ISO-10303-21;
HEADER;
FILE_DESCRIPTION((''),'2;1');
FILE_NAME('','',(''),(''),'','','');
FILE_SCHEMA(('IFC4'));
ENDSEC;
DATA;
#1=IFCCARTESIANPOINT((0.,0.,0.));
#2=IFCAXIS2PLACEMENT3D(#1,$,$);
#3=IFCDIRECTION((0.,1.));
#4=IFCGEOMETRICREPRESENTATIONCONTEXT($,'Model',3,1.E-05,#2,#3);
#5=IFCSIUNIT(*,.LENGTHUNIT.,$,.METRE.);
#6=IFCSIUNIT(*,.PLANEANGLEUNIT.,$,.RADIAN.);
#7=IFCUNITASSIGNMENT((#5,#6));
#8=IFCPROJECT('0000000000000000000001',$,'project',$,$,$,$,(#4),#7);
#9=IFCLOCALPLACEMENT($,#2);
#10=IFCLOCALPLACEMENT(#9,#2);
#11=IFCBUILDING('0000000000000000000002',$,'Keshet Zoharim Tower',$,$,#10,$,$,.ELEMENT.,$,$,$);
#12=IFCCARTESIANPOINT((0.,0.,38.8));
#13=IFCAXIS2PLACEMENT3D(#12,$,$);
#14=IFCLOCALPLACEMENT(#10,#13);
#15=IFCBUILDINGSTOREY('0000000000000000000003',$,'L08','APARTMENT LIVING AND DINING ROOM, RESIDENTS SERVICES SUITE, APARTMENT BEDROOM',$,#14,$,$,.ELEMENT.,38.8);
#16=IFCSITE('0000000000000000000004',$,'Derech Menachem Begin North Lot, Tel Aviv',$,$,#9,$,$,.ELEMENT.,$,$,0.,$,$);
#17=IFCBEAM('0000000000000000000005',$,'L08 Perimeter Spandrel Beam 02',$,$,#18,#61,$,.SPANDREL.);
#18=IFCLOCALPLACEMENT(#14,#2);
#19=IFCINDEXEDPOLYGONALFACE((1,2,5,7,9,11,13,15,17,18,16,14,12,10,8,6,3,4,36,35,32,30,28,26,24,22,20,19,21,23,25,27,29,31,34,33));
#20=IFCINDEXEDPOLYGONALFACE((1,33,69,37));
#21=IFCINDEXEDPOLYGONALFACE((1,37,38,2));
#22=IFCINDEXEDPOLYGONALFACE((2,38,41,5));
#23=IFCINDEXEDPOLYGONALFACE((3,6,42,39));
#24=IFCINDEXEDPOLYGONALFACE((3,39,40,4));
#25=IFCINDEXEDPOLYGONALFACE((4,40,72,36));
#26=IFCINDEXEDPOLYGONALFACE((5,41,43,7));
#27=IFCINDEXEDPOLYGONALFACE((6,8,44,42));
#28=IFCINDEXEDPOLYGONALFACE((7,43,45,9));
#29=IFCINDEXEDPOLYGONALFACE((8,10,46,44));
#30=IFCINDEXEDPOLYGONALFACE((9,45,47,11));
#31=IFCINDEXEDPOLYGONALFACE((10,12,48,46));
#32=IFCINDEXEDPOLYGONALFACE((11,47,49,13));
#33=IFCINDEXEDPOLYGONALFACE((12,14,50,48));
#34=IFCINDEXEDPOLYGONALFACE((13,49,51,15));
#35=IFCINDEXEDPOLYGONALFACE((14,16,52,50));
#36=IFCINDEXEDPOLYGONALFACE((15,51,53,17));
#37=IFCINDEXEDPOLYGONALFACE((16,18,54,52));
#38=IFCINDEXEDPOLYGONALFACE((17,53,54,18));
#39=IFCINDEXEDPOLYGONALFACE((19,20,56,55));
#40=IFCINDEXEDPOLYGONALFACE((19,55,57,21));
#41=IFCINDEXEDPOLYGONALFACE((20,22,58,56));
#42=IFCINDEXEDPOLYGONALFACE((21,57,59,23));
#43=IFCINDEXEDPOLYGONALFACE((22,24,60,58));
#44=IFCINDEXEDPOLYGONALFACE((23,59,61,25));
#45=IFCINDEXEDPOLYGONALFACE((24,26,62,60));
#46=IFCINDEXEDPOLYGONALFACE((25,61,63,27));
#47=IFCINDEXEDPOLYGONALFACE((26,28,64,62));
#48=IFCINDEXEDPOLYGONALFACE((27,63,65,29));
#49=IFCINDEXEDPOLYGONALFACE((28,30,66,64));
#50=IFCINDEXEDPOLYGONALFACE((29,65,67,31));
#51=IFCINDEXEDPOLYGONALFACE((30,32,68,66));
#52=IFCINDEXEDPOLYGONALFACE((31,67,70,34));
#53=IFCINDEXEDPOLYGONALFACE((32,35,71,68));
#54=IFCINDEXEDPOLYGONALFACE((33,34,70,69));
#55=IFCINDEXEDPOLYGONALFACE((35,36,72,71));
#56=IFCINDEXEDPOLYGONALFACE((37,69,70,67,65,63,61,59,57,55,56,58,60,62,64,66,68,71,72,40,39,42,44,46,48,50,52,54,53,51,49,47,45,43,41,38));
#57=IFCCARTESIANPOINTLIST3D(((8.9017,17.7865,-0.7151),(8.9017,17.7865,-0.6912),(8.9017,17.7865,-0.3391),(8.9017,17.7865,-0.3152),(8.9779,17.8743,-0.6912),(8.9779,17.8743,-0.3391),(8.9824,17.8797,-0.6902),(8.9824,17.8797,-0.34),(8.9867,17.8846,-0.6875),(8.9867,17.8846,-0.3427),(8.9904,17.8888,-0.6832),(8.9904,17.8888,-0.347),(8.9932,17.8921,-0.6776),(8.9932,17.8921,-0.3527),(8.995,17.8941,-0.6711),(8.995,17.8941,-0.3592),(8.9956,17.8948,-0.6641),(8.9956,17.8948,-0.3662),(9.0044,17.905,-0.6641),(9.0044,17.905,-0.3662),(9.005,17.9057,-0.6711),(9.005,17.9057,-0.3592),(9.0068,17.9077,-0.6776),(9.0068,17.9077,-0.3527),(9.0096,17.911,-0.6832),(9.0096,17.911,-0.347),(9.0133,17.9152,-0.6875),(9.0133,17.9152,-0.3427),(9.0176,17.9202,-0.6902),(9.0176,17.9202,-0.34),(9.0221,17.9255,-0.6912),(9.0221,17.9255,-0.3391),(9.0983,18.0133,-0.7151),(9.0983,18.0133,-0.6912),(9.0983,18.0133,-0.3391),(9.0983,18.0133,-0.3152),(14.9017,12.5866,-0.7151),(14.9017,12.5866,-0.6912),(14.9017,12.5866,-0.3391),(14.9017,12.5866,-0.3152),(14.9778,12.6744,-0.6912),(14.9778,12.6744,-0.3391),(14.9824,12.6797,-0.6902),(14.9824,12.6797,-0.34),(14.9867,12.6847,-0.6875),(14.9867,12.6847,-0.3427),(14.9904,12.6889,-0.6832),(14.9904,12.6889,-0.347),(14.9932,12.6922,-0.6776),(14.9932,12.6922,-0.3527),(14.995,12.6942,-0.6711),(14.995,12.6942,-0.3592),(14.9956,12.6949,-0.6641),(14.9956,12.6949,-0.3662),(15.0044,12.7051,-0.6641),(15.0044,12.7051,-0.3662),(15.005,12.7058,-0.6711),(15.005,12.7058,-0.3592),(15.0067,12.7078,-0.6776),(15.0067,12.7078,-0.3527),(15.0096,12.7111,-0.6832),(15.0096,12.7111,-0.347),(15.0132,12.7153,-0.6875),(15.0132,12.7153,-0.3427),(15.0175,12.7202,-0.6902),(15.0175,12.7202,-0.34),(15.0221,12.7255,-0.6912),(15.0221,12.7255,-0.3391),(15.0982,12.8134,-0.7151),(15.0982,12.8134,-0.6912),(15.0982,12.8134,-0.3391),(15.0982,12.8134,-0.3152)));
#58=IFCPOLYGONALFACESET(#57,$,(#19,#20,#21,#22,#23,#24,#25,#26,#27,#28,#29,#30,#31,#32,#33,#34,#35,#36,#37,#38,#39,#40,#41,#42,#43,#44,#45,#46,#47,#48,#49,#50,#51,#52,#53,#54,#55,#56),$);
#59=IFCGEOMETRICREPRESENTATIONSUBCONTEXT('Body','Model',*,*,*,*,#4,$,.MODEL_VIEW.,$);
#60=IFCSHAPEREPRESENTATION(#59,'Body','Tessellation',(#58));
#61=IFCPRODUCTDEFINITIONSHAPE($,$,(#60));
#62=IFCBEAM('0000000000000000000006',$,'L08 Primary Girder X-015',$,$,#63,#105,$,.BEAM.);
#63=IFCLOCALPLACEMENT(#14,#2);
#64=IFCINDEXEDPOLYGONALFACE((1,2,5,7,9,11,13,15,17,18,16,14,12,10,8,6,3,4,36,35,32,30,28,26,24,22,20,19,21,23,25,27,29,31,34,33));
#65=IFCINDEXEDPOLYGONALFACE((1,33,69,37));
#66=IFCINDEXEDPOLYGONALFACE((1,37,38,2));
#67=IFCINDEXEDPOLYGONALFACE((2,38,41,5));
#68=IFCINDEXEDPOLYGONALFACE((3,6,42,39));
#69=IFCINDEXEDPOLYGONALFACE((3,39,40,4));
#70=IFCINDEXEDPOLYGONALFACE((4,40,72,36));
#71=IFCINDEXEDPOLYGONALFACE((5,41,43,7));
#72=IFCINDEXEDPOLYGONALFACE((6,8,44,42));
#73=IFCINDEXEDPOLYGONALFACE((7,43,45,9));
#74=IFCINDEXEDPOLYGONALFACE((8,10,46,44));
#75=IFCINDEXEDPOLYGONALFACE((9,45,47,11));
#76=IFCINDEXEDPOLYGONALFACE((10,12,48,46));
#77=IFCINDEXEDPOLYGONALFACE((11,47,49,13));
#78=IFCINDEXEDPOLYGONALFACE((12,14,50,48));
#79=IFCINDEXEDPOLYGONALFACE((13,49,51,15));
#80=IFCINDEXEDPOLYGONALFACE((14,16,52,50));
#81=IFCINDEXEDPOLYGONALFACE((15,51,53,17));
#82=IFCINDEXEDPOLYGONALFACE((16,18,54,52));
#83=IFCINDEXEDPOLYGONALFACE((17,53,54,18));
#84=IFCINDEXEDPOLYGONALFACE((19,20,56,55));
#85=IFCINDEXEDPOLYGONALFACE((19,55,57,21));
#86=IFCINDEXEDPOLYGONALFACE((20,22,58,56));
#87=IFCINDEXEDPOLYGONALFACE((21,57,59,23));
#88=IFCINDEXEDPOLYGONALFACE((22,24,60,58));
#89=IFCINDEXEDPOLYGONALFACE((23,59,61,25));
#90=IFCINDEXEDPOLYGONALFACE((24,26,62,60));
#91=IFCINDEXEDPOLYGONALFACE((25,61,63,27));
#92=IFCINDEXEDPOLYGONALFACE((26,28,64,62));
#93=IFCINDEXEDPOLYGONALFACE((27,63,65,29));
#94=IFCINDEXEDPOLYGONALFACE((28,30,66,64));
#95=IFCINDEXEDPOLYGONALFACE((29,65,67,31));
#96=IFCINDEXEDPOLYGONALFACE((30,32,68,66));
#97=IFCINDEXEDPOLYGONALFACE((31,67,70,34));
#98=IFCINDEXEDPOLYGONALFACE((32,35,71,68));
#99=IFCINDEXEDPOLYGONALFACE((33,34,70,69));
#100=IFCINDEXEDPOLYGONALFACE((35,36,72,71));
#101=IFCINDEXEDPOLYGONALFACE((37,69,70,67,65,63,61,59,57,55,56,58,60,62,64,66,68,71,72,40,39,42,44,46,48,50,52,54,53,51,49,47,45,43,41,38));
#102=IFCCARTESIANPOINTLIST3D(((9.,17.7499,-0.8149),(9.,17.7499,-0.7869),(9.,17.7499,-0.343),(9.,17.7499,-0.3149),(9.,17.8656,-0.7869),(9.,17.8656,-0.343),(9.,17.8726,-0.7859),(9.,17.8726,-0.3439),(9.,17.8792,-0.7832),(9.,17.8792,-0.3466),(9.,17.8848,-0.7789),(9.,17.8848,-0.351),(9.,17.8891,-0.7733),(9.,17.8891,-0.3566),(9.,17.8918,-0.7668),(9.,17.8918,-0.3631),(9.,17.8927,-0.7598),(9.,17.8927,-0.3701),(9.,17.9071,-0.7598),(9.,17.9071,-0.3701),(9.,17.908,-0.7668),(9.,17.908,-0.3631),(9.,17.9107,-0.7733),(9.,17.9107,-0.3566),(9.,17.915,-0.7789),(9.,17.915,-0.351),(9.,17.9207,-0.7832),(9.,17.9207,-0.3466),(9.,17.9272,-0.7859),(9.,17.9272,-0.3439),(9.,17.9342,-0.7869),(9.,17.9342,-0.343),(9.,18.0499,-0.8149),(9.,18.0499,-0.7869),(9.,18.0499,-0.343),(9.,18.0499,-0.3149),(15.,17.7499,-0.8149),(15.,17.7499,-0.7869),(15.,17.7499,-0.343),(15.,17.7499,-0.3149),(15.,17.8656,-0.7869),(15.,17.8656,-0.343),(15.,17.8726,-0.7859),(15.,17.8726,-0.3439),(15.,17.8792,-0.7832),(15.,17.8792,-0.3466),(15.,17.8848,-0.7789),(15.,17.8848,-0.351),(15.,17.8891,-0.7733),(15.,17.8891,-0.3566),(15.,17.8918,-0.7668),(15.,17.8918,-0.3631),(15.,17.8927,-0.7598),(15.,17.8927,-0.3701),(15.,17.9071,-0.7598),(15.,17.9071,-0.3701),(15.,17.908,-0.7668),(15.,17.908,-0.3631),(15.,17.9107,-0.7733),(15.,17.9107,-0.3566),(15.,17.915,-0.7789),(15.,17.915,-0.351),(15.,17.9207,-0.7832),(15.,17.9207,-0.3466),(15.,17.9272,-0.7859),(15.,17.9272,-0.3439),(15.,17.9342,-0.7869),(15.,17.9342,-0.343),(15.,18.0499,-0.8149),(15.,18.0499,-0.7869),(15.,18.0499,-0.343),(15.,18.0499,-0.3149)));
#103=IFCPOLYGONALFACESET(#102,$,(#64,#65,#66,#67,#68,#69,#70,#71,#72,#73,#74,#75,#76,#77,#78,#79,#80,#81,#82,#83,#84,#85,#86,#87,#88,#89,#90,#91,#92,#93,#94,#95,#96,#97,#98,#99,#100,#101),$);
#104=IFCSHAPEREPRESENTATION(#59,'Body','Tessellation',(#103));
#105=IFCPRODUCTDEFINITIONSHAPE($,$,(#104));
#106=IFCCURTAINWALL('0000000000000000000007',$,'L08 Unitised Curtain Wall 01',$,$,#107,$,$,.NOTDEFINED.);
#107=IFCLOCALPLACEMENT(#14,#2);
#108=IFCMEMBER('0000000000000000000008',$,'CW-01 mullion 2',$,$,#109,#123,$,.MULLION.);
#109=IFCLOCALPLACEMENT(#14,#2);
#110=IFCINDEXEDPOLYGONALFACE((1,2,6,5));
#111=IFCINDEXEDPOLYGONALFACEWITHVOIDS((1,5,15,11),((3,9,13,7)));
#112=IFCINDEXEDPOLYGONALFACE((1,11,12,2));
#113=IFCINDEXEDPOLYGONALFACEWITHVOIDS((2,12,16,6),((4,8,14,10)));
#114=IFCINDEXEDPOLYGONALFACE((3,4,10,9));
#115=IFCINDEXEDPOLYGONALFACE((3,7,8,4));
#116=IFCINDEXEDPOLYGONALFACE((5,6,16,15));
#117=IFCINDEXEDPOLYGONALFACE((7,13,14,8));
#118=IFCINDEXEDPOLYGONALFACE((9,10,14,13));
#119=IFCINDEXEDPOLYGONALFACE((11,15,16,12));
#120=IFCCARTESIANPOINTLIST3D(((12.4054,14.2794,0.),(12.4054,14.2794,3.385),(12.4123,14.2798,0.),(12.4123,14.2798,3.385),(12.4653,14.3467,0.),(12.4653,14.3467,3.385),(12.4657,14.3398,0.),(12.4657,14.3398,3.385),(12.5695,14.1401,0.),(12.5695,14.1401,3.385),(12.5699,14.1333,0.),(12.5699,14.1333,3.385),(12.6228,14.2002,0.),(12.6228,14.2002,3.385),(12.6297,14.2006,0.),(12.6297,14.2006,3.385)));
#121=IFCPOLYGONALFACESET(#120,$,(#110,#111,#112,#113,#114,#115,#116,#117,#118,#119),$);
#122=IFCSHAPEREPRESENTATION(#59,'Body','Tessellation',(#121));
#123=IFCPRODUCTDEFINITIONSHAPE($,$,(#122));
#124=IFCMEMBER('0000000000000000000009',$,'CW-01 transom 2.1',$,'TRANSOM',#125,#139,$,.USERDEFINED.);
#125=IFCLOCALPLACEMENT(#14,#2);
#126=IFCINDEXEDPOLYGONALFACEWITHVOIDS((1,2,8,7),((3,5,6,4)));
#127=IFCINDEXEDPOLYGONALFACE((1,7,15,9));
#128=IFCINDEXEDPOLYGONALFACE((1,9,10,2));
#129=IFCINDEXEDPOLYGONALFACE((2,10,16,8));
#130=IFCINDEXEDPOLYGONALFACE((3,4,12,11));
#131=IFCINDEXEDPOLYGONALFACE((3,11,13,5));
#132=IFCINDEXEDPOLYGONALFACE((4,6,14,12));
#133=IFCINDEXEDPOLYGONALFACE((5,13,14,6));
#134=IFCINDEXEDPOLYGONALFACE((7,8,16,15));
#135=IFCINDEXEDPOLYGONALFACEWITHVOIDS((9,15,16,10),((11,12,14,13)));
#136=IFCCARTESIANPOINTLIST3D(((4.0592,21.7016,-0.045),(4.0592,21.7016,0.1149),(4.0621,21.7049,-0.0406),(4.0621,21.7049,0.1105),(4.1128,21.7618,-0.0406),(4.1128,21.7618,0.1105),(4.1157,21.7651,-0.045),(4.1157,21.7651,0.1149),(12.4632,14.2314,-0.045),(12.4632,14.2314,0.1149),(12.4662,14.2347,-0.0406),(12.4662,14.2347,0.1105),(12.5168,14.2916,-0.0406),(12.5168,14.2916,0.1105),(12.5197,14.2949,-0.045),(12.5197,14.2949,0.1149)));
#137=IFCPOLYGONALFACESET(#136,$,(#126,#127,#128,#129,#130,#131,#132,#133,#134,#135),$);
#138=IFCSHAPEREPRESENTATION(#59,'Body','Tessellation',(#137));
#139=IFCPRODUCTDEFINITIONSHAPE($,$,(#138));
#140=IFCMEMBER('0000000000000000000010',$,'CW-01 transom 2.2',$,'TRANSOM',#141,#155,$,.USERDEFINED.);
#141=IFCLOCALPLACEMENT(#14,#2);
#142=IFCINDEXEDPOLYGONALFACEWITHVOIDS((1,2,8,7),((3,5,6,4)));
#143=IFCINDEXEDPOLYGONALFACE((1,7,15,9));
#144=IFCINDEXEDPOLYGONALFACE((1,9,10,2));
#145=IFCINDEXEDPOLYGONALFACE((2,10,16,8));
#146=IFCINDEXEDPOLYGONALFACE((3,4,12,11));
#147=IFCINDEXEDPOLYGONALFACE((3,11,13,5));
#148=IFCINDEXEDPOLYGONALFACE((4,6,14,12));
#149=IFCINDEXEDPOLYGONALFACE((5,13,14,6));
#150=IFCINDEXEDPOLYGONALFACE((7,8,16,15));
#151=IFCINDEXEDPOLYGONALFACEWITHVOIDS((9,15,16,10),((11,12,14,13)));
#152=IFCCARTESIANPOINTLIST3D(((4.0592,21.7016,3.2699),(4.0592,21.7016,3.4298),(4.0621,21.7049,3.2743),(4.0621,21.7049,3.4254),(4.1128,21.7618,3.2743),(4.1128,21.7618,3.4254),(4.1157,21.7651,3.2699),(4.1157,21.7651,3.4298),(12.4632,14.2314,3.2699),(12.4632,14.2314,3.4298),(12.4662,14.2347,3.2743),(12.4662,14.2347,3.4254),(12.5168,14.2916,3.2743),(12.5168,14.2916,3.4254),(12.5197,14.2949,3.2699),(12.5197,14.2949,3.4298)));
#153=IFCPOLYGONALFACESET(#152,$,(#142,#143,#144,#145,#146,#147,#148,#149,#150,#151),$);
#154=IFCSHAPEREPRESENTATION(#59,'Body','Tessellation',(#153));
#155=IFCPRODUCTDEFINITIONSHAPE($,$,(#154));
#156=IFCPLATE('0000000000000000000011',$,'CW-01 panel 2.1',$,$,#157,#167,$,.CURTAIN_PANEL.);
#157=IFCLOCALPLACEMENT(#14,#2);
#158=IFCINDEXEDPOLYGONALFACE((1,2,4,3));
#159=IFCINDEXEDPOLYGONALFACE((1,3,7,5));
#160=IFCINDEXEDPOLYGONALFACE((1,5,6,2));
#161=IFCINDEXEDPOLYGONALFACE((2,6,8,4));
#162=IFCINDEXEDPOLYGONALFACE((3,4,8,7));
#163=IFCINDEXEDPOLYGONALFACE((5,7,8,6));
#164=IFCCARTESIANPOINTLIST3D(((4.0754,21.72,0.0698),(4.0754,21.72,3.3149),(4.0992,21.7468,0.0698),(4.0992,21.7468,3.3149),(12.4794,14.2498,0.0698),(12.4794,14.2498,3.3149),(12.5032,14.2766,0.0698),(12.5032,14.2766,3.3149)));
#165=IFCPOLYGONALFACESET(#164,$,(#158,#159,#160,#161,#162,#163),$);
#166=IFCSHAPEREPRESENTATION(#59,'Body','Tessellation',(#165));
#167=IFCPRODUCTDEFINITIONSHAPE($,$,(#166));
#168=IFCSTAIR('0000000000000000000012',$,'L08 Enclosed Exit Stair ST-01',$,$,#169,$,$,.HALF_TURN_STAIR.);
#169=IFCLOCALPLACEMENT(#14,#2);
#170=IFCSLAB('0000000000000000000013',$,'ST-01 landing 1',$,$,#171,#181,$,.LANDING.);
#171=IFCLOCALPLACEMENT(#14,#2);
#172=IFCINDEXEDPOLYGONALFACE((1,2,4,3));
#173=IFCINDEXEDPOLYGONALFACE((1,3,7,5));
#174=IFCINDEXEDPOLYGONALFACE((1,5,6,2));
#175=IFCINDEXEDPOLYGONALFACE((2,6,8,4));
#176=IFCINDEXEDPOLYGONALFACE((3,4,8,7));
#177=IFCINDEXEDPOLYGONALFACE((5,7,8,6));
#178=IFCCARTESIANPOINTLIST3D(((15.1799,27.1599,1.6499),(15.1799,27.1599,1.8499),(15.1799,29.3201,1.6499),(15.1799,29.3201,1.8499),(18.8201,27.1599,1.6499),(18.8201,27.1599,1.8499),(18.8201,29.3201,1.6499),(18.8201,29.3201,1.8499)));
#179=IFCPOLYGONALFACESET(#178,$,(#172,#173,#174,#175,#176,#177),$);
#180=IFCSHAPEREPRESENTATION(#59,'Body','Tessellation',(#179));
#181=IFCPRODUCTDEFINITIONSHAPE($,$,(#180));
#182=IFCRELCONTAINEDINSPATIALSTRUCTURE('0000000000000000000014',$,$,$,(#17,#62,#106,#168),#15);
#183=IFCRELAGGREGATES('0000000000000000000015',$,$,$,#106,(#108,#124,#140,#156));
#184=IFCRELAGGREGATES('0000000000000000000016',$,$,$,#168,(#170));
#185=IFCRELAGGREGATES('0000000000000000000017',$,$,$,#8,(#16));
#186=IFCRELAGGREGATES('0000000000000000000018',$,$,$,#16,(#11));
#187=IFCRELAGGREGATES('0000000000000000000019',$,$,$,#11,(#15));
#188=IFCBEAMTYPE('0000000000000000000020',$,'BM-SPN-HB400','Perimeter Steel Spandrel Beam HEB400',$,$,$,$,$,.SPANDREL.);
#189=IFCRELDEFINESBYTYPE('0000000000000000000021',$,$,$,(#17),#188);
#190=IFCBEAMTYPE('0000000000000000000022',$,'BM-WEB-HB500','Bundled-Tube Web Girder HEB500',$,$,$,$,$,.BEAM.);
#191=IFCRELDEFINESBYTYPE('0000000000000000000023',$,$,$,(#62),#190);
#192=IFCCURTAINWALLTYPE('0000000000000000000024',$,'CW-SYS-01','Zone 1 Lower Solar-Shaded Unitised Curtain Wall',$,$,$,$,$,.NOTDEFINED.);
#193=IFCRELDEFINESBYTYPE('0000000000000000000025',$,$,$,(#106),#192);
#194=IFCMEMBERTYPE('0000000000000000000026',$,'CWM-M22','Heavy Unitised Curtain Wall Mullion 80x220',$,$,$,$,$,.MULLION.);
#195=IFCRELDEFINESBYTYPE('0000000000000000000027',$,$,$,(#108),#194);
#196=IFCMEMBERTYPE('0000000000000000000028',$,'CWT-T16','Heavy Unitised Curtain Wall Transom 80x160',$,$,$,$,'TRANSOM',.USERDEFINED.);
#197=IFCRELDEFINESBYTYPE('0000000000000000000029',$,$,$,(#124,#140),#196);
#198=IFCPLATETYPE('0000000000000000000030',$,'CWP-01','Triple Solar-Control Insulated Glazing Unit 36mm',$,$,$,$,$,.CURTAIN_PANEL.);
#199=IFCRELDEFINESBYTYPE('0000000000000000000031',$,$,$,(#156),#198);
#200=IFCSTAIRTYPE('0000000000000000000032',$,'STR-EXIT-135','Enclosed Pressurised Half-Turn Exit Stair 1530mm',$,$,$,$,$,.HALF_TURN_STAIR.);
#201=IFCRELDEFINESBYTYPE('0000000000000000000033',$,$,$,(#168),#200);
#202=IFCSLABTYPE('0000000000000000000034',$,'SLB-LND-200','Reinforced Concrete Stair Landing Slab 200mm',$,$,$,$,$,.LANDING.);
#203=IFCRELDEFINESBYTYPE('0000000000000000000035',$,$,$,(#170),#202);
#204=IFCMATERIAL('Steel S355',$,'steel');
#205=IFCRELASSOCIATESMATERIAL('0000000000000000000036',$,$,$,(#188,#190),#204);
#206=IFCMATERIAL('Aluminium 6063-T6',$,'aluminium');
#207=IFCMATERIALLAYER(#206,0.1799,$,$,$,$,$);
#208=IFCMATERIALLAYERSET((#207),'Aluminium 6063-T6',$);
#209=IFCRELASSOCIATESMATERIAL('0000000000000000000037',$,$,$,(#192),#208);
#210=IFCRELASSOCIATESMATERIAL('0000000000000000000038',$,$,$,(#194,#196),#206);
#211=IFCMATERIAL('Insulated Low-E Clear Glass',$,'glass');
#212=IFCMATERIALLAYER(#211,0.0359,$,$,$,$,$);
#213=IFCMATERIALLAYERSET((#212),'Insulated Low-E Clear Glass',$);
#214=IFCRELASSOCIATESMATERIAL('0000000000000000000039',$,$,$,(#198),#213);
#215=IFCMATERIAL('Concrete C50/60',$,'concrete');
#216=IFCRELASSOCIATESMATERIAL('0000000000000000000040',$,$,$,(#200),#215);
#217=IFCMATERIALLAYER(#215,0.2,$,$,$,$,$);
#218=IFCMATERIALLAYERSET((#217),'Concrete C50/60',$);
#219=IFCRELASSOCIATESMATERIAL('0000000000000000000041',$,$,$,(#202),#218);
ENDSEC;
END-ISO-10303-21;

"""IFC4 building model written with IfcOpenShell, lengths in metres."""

from ifc_helpers import new_model, si_unit, direction, frame, origin, origin_2d, place, context, subcontext, project, spatial, polyline, rectangle, hollow_rectangle, i_section, outline, extrude, material, layer, layer_set, material_profile, profile_set, type_object, element, aggregate, save


model = new_model("IFC4")

# Units and contexts
model_context = context("Model", 3, precision=1e-05, world=origin(), true_north=direction((0.0, 1.0)))
body_context = subcontext(model_context, "Body", "Model", "MODEL_VIEW")
ifc_project = project(units=[si_unit("LENGTHUNIT", "METRE"), si_unit("PLANEANGLEUNIT", "RADIAN")], contexts=[model_context])

# Site, building, storey
site_placement = place(None, origin())
site = spatial("IfcSite", under=ifc_project, at=site_placement, Name="Derech Menachem Begin North Lot, Tel Aviv", CompositionType="ELEMENT", RefElevation=0.0)
building_placement = place(site_placement, origin())
building = spatial("IfcBuilding", under=site, at=building_placement, Name="Keshet Zoharim Tower", CompositionType="ELEMENT")
storey_placement = place(building_placement, frame((0.0, 0.0, 38.8)))
storey = spatial("IfcBuildingStorey", under=building, at=storey_placement, Name="L08", Description="APARTMENT LIVING AND DINING ROOM, RESIDENTS SERVICES SUITE, APARTMENT BEDROOM", CompositionType="ELEMENT", Elevation=38.8)

# Shared definitions
ifc_material_1 = material(Name="Steel S355", Category="steel")

# Beams
ifc_material_profile_1 = material_profile(ifc_material_1, i_section(OverallWidth=0.3, OverallDepth=0.3999, WebThickness=0.0134, FlangeThickness=0.0239, FilletRadius=0.0271, at=origin_2d()), Name="HEB400")
ifc_profile_set_1 = profile_set([ifc_material_profile_1], Name="Steel S355")
beam_type_1 = type_object("IfcBeamType", Name="BM-SPN-HB400", Description="Perimeter Steel Spandrel Beam HEB400", PredefinedType="SPANDREL", material=ifc_profile_set_1)
beam_1_placement = place(storey_placement, frame((9.0, 17.8999, -0.5151), z_axis=(0.755692, -0.654927, 0.0), x_axis=(0.654927, 0.755692, 0.0)))
element("IfcBeam", 1, at=beam_1_placement, inside=storey, type_object=beam_type_1, Name="L08 Perimeter Spandrel Beam 02", PredefinedType="SPANDREL", context=body_context, shape_type="SweptSolid", body=[
    extrude(i_section(OverallWidth=0.3, OverallDepth=0.3999, WebThickness=0.0134, FlangeThickness=0.0239, FilletRadius=0.0271, at=origin_2d()), origin(), (0.0, 0.0, 1.0), 7.9397),
])
ifc_material_profile_2 = material_profile(ifc_material_1, i_section(OverallWidth=0.3, OverallDepth=0.5, WebThickness=0.0144, FlangeThickness=0.0281, FilletRadius=0.0271, at=origin_2d()), Name="HEB500")
ifc_profile_set_2 = profile_set([ifc_material_profile_2], Name="Steel S355")
beam_type_2 = type_object("IfcBeamType", Name="BM-WEB-HB500", Description="Bundled-Tube Web Girder HEB500", PredefinedType="BEAM", material=ifc_profile_set_2)
beam_2_placement = place(storey_placement, frame((9.0, 17.8999, -0.5649), z_axis=(1.0, 0.0, 0.0), x_axis=(0.0, 1.0, 0.0)))
element("IfcBeam", 2, at=beam_2_placement, inside=storey, type_object=beam_type_2, Name="L08 Primary Girder X-015", PredefinedType="BEAM", context=body_context, shape_type="SweptSolid", body=[
    extrude(i_section(OverallWidth=0.3, OverallDepth=0.5, WebThickness=0.0144, FlangeThickness=0.0281, FilletRadius=0.0271, at=origin_2d()), origin(), (0.0, 0.0, 1.0), 6.0),
])

# Curtain wall, members, plate
ifc_material_2 = material(Name="Aluminium 6063-T6", Category="aluminium")
ifc_layer_1 = layer(ifc_material_2, 0.1799)
ifc_layer_set_1 = layer_set([ifc_layer_1], Name="Aluminium 6063-T6")
curtain_wall_type = type_object("IfcCurtainWallType", Name="CW-SYS-01", Description="Zone 1 Lower Solar-Shaded Unitised Curtain Wall", PredefinedType="NOTDEFINED", material=ifc_layer_set_1)
curtain_wall_placement = place(storey_placement, origin())
curtain_wall = element("IfcCurtainWall", 3, at=curtain_wall_placement, inside=storey, type_object=curtain_wall_type, Name="L08 Unitised Curtain Wall 01", PredefinedType="NOTDEFINED")
ifc_material_profile_3 = material_profile(ifc_material_2, hollow_rectangle(XDim=0.0901, YDim=0.22, WallThickness=0.0049, at=origin_2d()), Name="MUL-90x220")
ifc_profile_set_3 = profile_set([ifc_material_profile_3], Name="Aluminium 6063-T6")
member_type_1 = type_object("IfcMemberType", Name="CWM-M22", Description="Heavy Unitised Curtain Wall Mullion 80x220", PredefinedType="MULLION", material=ifc_profile_set_3)
member_1_placement = place(storey_placement, frame((12.5176, 14.24, 0.0), z_axis=(0.0, 0.0, 1.0), x_axis=(-0.664364, -0.747409, 0.0)))
member_1 = element("IfcMember", 4, at=member_1_placement, type_object=member_type_1, Name="CW-01 mullion 2", PredefinedType="MULLION", context=body_context, shape_type="SweptSolid", body=[
    extrude(hollow_rectangle(XDim=0.0901, YDim=0.22, WallThickness=0.0049, at=origin_2d()), origin(), (0.0, 0.0, 1.0), 3.385),
])
ifc_material_profile_4 = material_profile(ifc_material_2, hollow_rectangle(XDim=0.085, YDim=0.1599, WallThickness=0.0044, at=origin_2d()), Name="TRN-85x160")
ifc_profile_set_4 = profile_set([ifc_material_profile_4], Name="Aluminium 6063-T6")
member_type_2 = type_object("IfcMemberType", Name="CWT-T16", Description="Heavy Unitised Curtain Wall Transom 80x160", ElementType="TRANSOM", PredefinedType="USERDEFINED", material=ifc_profile_set_4)
member_2_placement = place(storey_placement, frame((12.4915, 14.2632, 0.0349), z_axis=(-0.747412, 0.664361, 0.0), x_axis=(-0.664361, -0.747412, 0.0)))
member_2 = element("IfcMember", 5, at=member_2_placement, type_object=member_type_2, Name="CW-01 transom 2.1", ObjectType="TRANSOM", PredefinedType="USERDEFINED", context=body_context, shape_type="SweptSolid", body=[
    extrude(hollow_rectangle(XDim=0.085, YDim=0.1599, WallThickness=0.0044, at=origin_2d()), origin(), (0.0, 0.0, 1.0), 11.2441),
])
member_3_placement = place(storey_placement, frame((12.4915, 14.2632, 3.3499), z_axis=(-0.747412, 0.664361, 0.0), x_axis=(-0.664361, -0.747412, 0.0)))
member_3 = element("IfcMember", 6, at=member_3_placement, type_object=member_type_2, Name="CW-01 transom 2.2", ObjectType="TRANSOM", PredefinedType="USERDEFINED", context=body_context, shape_type="SweptSolid", body=[
    extrude(hollow_rectangle(XDim=0.085, YDim=0.1599, WallThickness=0.0044, at=origin_2d()), origin(), (0.0, 0.0, 1.0), 11.2441),
])
ifc_material_3 = material(Name="Insulated Low-E Clear Glass", Category="glass")
ifc_layer_2 = layer(ifc_material_3, 0.0359)
ifc_layer_set_2 = layer_set([ifc_layer_2], Name="Insulated Low-E Clear Glass")
plate_type = type_object("IfcPlateType", Name="CWP-01", Description="Triple Solar-Control Insulated Glazing Unit 36mm", PredefinedType="CURTAIN_PANEL", material=ifc_layer_set_2)
plate_placement = place(storey_placement, frame((8.2893, 17.9983, 0.0698), z_axis=(0.0, 0.0, 1.0), x_axis=(-0.747409, 0.664364, 0.0)))
plate = element("IfcPlate", 7, at=plate_placement, type_object=plate_type, Name="CW-01 panel 2.1", PredefinedType="CURTAIN_PANEL", context=body_context, shape_type="SweptSolid", body=[
    extrude(rectangle(XDim=11.2441, YDim=0.0359, at=origin_2d()), origin(), (0.0, 0.0, 1.0), 3.2451),
])
aggregate(curtain_wall, [member_1, member_2, member_3, plate])

# Stair, slab
ifc_material_4 = material(Name="Concrete C50/60", Category="concrete")
stair_type = type_object("IfcStairType", Name="STR-EXIT-135", Description="Enclosed Pressurised Half-Turn Exit Stair 1530mm", PredefinedType="HALF_TURN_STAIR", material=ifc_material_4)
stair_1_placement = place(storey_placement, origin())
stair_1 = element("IfcStair", 8, at=stair_1_placement, inside=storey, type_object=stair_type, Name="L08 Enclosed Exit Stair ST-01", PredefinedType="HALF_TURN_STAIR")
ifc_layer_3 = layer(ifc_material_4, 0.2)
ifc_layer_set_3 = layer_set([ifc_layer_3], Name="Concrete C50/60")
slab_type_1 = type_object("IfcSlabType", Name="SLB-LND-200", Description="Reinforced Concrete Stair Landing Slab 200mm", PredefinedType="LANDING", material=ifc_layer_set_3)
slab_1_placement = place(storey_placement, frame((0.0, 0.0, 1.6499)))
slab_1 = element("IfcSlab", 9, at=slab_1_placement, type_object=slab_type_1, Name="ST-01 landing 1", PredefinedType="LANDING", context=body_context, shape_type="SweptSolid", body=[
    extrude(outline(polyline([(15.1799, 27.1599), (18.8201, 27.1599), (18.8201, 29.3201), (15.1799, 29.3201), (15.1799, 27.1599)])), origin(), (0.0, 0.0, 1.0), 0.2),
])
aggregate(stair_1, [slab_1])

save(model, "model.ifc")
